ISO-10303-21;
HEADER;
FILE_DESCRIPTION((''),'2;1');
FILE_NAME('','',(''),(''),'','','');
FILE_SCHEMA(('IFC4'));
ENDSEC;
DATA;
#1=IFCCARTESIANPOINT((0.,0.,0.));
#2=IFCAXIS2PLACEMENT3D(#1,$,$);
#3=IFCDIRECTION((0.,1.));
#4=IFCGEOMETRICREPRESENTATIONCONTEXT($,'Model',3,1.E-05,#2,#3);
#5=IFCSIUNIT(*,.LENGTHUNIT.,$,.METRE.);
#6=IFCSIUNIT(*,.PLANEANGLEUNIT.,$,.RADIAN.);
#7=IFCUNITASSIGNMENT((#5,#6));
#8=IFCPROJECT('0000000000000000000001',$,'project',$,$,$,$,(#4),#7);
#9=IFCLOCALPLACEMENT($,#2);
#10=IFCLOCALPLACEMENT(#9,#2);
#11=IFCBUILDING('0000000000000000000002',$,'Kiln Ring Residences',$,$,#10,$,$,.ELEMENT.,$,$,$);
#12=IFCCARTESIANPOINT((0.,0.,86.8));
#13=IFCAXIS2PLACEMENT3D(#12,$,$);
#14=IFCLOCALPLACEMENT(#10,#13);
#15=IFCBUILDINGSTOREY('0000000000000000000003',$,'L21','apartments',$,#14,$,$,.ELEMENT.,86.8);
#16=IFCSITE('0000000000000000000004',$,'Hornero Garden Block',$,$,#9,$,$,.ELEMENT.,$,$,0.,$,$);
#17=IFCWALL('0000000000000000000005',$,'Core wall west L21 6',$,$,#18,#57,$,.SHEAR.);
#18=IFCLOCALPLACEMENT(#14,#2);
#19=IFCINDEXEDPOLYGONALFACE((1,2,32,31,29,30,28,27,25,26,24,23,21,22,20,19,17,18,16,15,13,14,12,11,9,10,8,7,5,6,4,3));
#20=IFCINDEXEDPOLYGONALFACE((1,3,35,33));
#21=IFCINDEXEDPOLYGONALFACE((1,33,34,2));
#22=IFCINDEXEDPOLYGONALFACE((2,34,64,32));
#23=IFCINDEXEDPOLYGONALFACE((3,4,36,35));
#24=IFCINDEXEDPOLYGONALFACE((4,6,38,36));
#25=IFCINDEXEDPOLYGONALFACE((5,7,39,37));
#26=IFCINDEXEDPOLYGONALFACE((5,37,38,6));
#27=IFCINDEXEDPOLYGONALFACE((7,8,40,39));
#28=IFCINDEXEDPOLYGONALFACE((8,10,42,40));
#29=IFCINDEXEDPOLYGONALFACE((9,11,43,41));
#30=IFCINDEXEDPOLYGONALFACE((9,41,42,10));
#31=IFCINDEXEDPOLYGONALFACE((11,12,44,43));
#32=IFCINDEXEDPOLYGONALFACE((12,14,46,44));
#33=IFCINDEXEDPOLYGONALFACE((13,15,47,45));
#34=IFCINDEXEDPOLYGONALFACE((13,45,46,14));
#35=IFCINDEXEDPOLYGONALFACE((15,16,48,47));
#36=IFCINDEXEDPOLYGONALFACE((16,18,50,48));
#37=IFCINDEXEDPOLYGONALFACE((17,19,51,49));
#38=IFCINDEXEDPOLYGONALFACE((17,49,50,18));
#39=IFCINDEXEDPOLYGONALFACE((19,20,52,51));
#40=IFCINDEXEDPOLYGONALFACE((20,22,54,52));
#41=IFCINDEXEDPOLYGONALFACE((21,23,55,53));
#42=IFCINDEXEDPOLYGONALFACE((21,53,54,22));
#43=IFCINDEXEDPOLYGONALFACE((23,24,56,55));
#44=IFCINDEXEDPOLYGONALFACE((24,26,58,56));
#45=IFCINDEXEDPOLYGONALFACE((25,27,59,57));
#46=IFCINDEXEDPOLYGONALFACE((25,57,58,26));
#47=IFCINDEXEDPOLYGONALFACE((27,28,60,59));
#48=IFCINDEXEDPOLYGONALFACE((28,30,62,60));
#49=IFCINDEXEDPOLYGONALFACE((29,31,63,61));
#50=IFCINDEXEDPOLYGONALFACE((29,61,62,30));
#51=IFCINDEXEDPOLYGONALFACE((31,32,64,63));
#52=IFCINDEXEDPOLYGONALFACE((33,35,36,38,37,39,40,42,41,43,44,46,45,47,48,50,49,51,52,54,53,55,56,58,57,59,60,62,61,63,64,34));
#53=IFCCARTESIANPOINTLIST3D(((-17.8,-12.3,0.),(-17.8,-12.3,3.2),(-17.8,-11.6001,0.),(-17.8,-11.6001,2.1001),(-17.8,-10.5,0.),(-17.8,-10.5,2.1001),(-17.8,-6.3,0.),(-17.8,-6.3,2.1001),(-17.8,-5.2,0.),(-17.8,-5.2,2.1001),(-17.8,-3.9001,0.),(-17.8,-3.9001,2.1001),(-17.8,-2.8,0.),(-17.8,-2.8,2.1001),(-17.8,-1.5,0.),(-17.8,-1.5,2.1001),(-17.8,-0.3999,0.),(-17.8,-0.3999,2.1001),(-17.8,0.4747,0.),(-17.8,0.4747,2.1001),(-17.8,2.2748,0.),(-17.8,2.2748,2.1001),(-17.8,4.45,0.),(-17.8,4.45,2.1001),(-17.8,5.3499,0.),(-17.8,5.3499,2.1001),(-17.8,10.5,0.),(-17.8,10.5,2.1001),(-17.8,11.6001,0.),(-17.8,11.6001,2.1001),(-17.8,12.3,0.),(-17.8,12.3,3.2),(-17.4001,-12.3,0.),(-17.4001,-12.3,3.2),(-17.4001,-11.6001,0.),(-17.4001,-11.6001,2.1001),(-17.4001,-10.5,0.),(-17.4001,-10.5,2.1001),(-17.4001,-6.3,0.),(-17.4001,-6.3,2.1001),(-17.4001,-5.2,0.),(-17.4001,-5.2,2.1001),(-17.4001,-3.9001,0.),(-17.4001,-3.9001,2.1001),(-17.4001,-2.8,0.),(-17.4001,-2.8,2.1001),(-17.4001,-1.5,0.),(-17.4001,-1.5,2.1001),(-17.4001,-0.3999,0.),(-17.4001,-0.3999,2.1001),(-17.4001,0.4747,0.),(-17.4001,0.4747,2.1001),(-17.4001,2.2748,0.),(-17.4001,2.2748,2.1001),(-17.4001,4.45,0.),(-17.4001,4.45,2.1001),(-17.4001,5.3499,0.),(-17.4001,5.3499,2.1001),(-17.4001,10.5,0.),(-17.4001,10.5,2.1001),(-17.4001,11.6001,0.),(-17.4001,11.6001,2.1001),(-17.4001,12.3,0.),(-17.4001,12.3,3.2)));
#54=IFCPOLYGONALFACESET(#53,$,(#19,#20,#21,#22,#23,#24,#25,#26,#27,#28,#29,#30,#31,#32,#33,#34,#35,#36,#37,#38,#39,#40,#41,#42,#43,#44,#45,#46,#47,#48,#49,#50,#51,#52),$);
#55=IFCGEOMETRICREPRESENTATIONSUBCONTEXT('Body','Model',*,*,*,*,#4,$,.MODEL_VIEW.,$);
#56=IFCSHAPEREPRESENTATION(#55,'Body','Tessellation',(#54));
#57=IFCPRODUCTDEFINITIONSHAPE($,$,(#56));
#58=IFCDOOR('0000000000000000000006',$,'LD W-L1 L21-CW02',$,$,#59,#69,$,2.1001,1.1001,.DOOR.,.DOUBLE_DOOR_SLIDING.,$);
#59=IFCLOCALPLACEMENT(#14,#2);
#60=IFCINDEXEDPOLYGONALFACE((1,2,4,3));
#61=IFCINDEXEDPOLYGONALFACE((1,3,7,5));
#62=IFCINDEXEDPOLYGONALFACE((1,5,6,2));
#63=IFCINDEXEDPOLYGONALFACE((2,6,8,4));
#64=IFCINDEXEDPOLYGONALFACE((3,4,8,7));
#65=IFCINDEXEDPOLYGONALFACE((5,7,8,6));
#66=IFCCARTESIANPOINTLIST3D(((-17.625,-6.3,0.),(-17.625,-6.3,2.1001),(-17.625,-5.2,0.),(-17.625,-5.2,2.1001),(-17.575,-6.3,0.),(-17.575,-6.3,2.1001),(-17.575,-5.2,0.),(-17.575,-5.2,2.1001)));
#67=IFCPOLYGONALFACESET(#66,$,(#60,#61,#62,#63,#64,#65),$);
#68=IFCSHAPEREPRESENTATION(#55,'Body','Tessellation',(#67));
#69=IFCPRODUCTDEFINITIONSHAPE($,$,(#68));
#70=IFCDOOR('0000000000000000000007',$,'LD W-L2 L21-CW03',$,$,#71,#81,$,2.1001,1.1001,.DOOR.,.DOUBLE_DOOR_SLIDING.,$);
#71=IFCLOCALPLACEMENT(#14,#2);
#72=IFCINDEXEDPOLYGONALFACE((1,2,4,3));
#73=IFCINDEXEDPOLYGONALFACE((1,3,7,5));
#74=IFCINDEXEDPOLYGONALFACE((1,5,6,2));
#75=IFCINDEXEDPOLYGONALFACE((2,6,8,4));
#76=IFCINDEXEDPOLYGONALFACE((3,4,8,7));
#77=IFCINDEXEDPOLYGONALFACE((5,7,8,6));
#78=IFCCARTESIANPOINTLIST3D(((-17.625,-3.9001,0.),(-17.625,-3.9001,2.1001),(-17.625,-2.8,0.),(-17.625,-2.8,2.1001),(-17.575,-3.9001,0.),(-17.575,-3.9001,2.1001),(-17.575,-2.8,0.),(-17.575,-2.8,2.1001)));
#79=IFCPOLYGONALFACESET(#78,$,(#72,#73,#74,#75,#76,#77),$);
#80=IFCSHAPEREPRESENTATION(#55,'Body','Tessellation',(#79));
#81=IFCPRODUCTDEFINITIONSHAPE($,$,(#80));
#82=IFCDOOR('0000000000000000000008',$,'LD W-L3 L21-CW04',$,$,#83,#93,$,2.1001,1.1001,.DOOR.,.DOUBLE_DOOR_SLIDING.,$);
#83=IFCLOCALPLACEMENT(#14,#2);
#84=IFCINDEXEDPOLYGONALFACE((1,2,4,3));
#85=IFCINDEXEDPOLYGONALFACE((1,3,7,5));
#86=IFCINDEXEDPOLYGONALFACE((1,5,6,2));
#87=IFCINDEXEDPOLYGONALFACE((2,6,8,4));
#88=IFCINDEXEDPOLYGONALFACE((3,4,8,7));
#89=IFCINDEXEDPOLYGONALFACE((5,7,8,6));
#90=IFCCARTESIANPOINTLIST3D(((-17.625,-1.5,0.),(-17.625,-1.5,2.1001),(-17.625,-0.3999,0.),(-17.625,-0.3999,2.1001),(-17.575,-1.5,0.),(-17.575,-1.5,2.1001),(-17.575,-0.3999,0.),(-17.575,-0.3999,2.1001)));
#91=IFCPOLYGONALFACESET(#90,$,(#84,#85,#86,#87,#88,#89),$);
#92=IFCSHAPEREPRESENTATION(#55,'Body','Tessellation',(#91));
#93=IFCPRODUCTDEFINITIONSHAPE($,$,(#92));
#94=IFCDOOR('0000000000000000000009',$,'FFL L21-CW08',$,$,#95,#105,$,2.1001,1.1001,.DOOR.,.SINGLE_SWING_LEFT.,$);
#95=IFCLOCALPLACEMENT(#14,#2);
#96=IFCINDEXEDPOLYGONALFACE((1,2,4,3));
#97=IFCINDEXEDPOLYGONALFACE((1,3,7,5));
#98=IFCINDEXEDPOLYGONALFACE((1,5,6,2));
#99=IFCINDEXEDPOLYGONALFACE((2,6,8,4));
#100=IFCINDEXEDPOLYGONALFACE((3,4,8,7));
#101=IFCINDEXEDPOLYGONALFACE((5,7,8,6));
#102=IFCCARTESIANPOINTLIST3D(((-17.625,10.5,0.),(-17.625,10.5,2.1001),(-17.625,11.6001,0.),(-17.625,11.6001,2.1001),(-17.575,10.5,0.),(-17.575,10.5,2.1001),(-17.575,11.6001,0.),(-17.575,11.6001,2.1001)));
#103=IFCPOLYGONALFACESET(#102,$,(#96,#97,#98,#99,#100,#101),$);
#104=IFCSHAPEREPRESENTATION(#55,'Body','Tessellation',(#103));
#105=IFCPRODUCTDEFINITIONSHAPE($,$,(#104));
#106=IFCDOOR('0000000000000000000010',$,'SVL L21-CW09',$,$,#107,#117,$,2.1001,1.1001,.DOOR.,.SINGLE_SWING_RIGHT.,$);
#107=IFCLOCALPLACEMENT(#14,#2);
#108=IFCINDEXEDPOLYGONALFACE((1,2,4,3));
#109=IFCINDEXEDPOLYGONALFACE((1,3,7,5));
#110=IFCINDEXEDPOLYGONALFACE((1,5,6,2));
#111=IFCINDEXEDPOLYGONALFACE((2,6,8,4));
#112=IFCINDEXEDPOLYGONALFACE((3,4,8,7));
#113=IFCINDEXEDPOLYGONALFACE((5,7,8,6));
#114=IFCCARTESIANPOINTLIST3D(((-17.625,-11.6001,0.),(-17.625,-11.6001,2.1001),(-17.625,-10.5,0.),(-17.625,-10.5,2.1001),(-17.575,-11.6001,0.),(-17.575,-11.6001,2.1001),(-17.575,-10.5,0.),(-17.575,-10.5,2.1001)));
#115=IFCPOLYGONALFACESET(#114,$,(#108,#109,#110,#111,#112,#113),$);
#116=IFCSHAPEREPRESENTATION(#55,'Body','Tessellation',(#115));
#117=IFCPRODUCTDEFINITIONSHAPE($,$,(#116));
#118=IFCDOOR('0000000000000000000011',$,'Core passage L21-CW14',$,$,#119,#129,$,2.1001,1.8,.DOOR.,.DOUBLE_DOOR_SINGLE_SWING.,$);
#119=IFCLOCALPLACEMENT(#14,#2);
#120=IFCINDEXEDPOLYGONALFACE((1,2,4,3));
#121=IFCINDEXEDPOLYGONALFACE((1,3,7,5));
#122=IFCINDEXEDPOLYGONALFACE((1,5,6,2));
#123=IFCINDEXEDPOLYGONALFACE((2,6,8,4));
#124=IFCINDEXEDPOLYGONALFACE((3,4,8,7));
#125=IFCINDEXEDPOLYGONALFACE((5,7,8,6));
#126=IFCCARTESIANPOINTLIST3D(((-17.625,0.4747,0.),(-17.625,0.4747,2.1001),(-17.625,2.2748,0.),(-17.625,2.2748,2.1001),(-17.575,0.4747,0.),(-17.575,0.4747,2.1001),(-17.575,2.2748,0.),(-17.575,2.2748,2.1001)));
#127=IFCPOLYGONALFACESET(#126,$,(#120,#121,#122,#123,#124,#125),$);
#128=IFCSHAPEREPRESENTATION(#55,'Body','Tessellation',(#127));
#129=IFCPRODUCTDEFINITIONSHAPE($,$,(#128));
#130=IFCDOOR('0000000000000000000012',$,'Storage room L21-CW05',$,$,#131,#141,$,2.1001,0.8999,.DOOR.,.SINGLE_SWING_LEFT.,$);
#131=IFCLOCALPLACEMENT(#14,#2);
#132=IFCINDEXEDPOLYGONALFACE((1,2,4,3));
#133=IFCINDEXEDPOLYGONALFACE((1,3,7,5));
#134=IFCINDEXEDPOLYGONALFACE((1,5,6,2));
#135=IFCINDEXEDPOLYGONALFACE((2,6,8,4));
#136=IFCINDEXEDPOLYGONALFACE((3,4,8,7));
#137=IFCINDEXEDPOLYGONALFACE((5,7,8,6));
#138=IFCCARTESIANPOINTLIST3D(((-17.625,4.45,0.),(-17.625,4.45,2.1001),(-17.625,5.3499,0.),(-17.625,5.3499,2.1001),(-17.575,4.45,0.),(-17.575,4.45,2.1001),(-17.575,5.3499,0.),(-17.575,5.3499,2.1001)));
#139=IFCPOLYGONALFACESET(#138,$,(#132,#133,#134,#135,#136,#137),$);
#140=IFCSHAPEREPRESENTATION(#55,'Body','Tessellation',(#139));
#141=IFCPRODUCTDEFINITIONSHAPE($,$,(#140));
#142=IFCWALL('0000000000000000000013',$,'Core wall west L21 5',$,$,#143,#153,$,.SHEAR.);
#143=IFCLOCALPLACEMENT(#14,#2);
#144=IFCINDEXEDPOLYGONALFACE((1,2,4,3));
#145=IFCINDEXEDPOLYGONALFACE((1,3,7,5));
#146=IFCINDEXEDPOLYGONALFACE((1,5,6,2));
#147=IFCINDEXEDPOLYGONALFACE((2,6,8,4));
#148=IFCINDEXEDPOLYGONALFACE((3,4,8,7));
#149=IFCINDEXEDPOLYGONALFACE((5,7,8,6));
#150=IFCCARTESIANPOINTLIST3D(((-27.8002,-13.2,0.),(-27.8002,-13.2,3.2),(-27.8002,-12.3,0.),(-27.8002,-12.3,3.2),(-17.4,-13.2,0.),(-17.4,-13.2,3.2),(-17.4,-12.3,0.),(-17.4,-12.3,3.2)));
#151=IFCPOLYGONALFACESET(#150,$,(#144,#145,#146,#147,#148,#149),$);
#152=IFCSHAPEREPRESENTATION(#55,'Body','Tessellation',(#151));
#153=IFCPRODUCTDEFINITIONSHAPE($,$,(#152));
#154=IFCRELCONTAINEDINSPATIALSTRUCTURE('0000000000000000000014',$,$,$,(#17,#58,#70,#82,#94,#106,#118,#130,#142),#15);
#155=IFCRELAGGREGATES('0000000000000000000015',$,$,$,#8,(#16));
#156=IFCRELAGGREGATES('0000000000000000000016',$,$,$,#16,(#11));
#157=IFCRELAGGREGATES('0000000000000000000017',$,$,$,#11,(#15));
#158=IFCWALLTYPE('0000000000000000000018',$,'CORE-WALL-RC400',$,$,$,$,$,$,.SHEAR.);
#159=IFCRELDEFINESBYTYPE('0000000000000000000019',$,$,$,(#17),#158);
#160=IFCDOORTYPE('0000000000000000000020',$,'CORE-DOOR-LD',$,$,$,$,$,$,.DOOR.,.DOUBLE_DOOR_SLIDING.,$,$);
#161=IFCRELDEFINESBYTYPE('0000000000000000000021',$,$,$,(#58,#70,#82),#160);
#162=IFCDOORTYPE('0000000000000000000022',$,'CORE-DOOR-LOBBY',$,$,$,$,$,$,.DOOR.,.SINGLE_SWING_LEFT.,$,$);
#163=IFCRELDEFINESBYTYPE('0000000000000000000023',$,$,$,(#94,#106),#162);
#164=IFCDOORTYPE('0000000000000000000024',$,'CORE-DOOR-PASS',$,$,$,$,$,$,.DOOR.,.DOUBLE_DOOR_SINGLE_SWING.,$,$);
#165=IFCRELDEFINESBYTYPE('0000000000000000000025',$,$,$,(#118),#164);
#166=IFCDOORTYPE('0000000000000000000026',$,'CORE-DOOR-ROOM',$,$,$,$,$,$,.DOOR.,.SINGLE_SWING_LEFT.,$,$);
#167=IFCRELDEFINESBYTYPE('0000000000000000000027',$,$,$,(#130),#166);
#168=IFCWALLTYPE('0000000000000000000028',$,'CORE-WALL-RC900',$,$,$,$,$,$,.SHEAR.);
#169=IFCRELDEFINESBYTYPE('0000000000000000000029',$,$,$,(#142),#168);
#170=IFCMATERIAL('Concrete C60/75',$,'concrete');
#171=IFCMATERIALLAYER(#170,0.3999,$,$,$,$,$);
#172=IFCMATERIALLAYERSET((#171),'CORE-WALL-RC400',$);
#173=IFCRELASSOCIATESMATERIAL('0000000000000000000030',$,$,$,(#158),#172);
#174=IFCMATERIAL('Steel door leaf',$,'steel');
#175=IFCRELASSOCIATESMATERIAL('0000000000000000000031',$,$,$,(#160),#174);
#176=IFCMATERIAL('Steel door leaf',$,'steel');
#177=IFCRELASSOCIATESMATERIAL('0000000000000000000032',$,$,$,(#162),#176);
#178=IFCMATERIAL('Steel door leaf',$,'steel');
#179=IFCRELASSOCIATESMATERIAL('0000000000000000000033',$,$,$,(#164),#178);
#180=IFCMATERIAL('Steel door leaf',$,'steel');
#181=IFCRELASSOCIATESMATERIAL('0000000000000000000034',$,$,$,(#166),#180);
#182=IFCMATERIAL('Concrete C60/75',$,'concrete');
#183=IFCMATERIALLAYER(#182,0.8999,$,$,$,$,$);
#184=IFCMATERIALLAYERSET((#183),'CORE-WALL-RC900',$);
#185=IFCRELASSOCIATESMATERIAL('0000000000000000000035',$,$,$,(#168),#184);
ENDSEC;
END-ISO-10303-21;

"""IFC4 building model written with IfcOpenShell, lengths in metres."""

from ifc_helpers import new_model, si_unit, direction, frame, frame_2d, origin, place, context, subcontext, project, spatial, rectangle, extrude, material, layer, layer_set, type_object, element, fill, save


model = new_model("IFC4")

# Units and contexts
model_context = context("Model", 3, precision=1e-05, world=origin(), true_north=direction((0.0, 1.0)))
body_context = subcontext(model_context, "Body", "Model", "MODEL_VIEW")
ifc_project = project(units=[si_unit("LENGTHUNIT", "METRE"), si_unit("PLANEANGLEUNIT", "RADIAN")], contexts=[model_context])

# Site, building, storey
site_placement = place(None, origin())
site = spatial("IfcSite", under=ifc_project, at=site_placement, Name="Hornero Garden Block", CompositionType="ELEMENT", RefElevation=0.0)
building_placement = place(site_placement, origin())
building = spatial("IfcBuilding", under=site, at=building_placement, Name="Kiln Ring Residences", CompositionType="ELEMENT")
storey_placement = place(building_placement, frame((0.0, 0.0, 86.8)))
storey = spatial("IfcBuildingStorey", under=building, at=storey_placement, Name="L21", Description="apartments", CompositionType="ELEMENT", Elevation=86.8)

# Wall, openings, doors
ifc_material_1 = material(Name="Concrete C60/75", Category="concrete")
ifc_layer_1 = layer(ifc_material_1, 0.3999)
ifc_layer_set_1 = layer_set([ifc_layer_1], Name="CORE-WALL-RC400")
wall_type_1 = type_object("IfcWallType", Name="CORE-WALL-RC400", PredefinedType="SHEAR", material=ifc_layer_set_1)
wall_1_placement = place(storey_placement, frame((-17.6001, -12.3, 0.0), z_axis=(0.0, 0.0, 1.0), x_axis=(0.0, 1.0, 0.0)))
wall_1 = element("IfcWall", 1, at=wall_1_placement, inside=storey, type_object=wall_type_1, Name="Core wall west L21 6", PredefinedType="SHEAR", context=body_context, shape_type="SweptSolid", body=[
    extrude(rectangle(XDim=24.6001, YDim=0.3999, at=frame_2d((12.3, 0.0))), origin(), (0.0, 0.0, 1.0), 3.2),
])
opening_1_placement = place(wall_1_placement, frame((6.0, 0.0, 0.0)))
opening_1 = element("IfcOpeningElement", 2, at=opening_1_placement, cuts=wall_1, PredefinedType="OPENING", context=body_context, shape_type="SweptSolid", body=[
    extrude(rectangle(XDim=1.1001, YDim=2.1001, at=frame_2d((0.55, 1.05))), frame((0.0, 0.21, 0.0), z_axis=(0.0, -1.0, 0.0), x_axis=(1.0, 0.0, 0.0)), (0.0, 0.0, 1.0), 0.4199),
])
opening_2_placement = place(wall_1_placement, frame((8.3999, 0.0, 0.0)))
opening_2 = element("IfcOpeningElement", 3, at=opening_2_placement, cuts=wall_1, PredefinedType="OPENING", context=body_context, shape_type="SweptSolid", body=[
    extrude(rectangle(XDim=1.1001, YDim=2.1001, at=frame_2d((0.55, 1.05))), frame((0.0, 0.21, 0.0), z_axis=(0.0, -1.0, 0.0), x_axis=(1.0, 0.0, 0.0)), (0.0, 0.0, 1.0), 0.4199),
])
opening_3_placement = place(wall_1_placement, frame((10.8, 0.0, 0.0)))
opening_3 = element("IfcOpeningElement", 4, at=opening_3_placement, cuts=wall_1, PredefinedType="OPENING", context=body_context, shape_type="SweptSolid", body=[
    extrude(rectangle(XDim=1.1001, YDim=2.1001, at=frame_2d((0.55, 1.05))), frame((0.0, 0.21, 0.0), z_axis=(0.0, -1.0, 0.0), x_axis=(1.0, 0.0, 0.0)), (0.0, 0.0, 1.0), 0.4199),
])
opening_4_placement = place(wall_1_placement, frame((16.75, 0.0, 0.0)))
opening_4 = element("IfcOpeningElement", 5, at=opening_4_placement, cuts=wall_1, PredefinedType="OPENING", context=body_context, shape_type="SweptSolid", body=[
    extrude(rectangle(XDim=0.8999, YDim=2.1001, at=frame_2d((0.45, 1.05))), frame((0.0, 0.21, 0.0), z_axis=(0.0, -1.0, 0.0), x_axis=(1.0, 0.0, 0.0)), (0.0, 0.0, 1.0), 0.4199),
])
opening_5_placement = place(wall_1_placement, frame((22.8, 0.0, 0.0)))
opening_5 = element("IfcOpeningElement", 6, at=opening_5_placement, cuts=wall_1, PredefinedType="OPENING", context=body_context, shape_type="SweptSolid", body=[
    extrude(rectangle(XDim=1.1001, YDim=2.1001, at=frame_2d((0.55, 1.05))), frame((0.0, 0.21, 0.0), z_axis=(0.0, -1.0, 0.0), x_axis=(1.0, 0.0, 0.0)), (0.0, 0.0, 1.0), 0.4199),
])
opening_6_placement = place(wall_1_placement, frame((0.7, 0.0, 0.0)))
opening_6 = element("IfcOpeningElement", 7, at=opening_6_placement, cuts=wall_1, PredefinedType="OPENING", context=body_context, shape_type="SweptSolid", body=[
    extrude(rectangle(XDim=1.1001, YDim=2.1001, at=frame_2d((0.55, 1.05))), frame((0.0, 0.21, 0.0), z_axis=(0.0, -1.0, 0.0), x_axis=(1.0, 0.0, 0.0)), (0.0, 0.0, 1.0), 0.4199),
])
opening_7_placement = place(wall_1_placement, frame((12.7749, 0.0, 0.0)))
opening_7 = element("IfcOpeningElement", 8, at=opening_7_placement, cuts=wall_1, PredefinedType="OPENING", context=body_context, shape_type="SweptSolid", body=[
    extrude(rectangle(XDim=1.8, YDim=2.1001, at=frame_2d((0.8999, 1.05))), frame((0.0, 0.21, 0.0), z_axis=(0.0, -1.0, 0.0), x_axis=(1.0, 0.0, 0.0)), (0.0, 0.0, 1.0), 0.4199),
])
ifc_material_2 = material(Name="Steel door leaf", Category="steel")
door_type_1 = type_object("IfcDoorType", Name="CORE-DOOR-LD", OperationType="DOUBLE_DOOR_SLIDING", PredefinedType="DOOR", material=ifc_material_2)
door_1_placement = place(opening_1_placement, origin())
door_1 = element("IfcDoor", 9, at=door_1_placement, inside=storey, type_object=door_type_1, Name="LD W-L1 L21-CW02", OperationType="DOUBLE_DOOR_SLIDING", OverallHeight=2.1001, OverallWidth=1.1001, PredefinedType="DOOR", context=body_context, shape_type="SweptSolid", body=[
    extrude(rectangle(XDim=1.1001, YDim=2.1001, at=frame_2d((0.55, 1.05))), frame((0.0, 0.0249, 0.0), z_axis=(0.0, -1.0, 0.0), x_axis=(1.0, 0.0, 0.0)), (0.0, 0.0, 1.0), 0.05),
])
fill(opening_1, door_1)
door_2_placement = place(opening_2_placement, origin())
door_2 = element("IfcDoor", 10, at=door_2_placement, inside=storey, type_object=door_type_1, Name="LD W-L2 L21-CW03", OperationType="DOUBLE_DOOR_SLIDING", OverallHeight=2.1001, OverallWidth=1.1001, PredefinedType="DOOR", context=body_context, shape_type="SweptSolid", body=[
    extrude(rectangle(XDim=1.1001, YDim=2.1001, at=frame_2d((0.55, 1.05))), frame((0.0, 0.0249, 0.0), z_axis=(0.0, -1.0, 0.0), x_axis=(1.0, 0.0, 0.0)), (0.0, 0.0, 1.0), 0.05),
])
fill(opening_2, door_2)
door_3_placement = place(opening_3_placement, origin())
door_3 = element("IfcDoor", 11, at=door_3_placement, inside=storey, type_object=door_type_1, Name="LD W-L3 L21-CW04", OperationType="DOUBLE_DOOR_SLIDING", OverallHeight=2.1001, OverallWidth=1.1001, PredefinedType="DOOR", context=body_context, shape_type="SweptSolid", body=[
    extrude(rectangle(XDim=1.1001, YDim=2.1001, at=frame_2d((0.55, 1.05))), frame((0.0, 0.0249, 0.0), z_axis=(0.0, -1.0, 0.0), x_axis=(1.0, 0.0, 0.0)), (0.0, 0.0, 1.0), 0.05),
])
fill(opening_3, door_3)
ifc_material_3 = material(Name="Steel door leaf", Category="steel")
door_type_2 = type_object("IfcDoorType", Name="CORE-DOOR-LOBBY", OperationType="SINGLE_SWING_LEFT", PredefinedType="DOOR", material=ifc_material_3)
door_4_placement = place(opening_5_placement, origin())
door_4 = element("IfcDoor", 12, at=door_4_placement, inside=storey, type_object=door_type_2, Name="FFL L21-CW08", OperationType="SINGLE_SWING_LEFT", OverallHeight=2.1001, OverallWidth=1.1001, PredefinedType="DOOR", context=body_context, shape_type="SweptSolid", body=[
    extrude(rectangle(XDim=1.1001, YDim=2.1001, at=frame_2d((0.55, 1.05))), frame((0.0, 0.0249, 0.0), z_axis=(0.0, -1.0, 0.0), x_axis=(1.0, 0.0, 0.0)), (0.0, 0.0, 1.0), 0.05),
])
fill(opening_5, door_4)
door_5_placement = place(opening_6_placement, origin())
door_5 = element("IfcDoor", 13, at=door_5_placement, inside=storey, type_object=door_type_2, Name="SVL L21-CW09", OperationType="SINGLE_SWING_RIGHT", OverallHeight=2.1001, OverallWidth=1.1001, PredefinedType="DOOR", context=body_context, shape_type="SweptSolid", body=[
    extrude(rectangle(XDim=1.1001, YDim=2.1001, at=frame_2d((0.55, 1.05))), frame((0.0, 0.0249, 0.0), z_axis=(0.0, -1.0, 0.0), x_axis=(1.0, 0.0, 0.0)), (0.0, 0.0, 1.0), 0.05),
])
fill(opening_6, door_5)
ifc_material_4 = material(Name="Steel door leaf", Category="steel")
door_type_3 = type_object("IfcDoorType", Name="CORE-DOOR-PASS", OperationType="DOUBLE_DOOR_SINGLE_SWING", PredefinedType="DOOR", material=ifc_material_4)
door_6_placement = place(opening_7_placement, origin())
door_6 = element("IfcDoor", 14, at=door_6_placement, inside=storey, type_object=door_type_3, Name="Core passage L21-CW14", OperationType="DOUBLE_DOOR_SINGLE_SWING", OverallHeight=2.1001, OverallWidth=1.8, PredefinedType="DOOR", context=body_context, shape_type="SweptSolid", body=[
    extrude(rectangle(XDim=1.8, YDim=2.1001, at=frame_2d((0.8999, 1.05))), frame((0.0, 0.0249, 0.0), z_axis=(0.0, -1.0, 0.0), x_axis=(1.0, 0.0, 0.0)), (0.0, 0.0, 1.0), 0.05),
])
fill(opening_7, door_6)
ifc_material_5 = material(Name="Steel door leaf", Category="steel")
door_type_4 = type_object("IfcDoorType", Name="CORE-DOOR-ROOM", OperationType="SINGLE_SWING_LEFT", PredefinedType="DOOR", material=ifc_material_5)
door_7_placement = place(opening_4_placement, origin())
door_7 = element("IfcDoor", 15, at=door_7_placement, inside=storey, type_object=door_type_4, Name="Storage room L21-CW05", OperationType="SINGLE_SWING_LEFT", OverallHeight=2.1001, OverallWidth=0.8999, PredefinedType="DOOR", context=body_context, shape_type="SweptSolid", body=[
    extrude(rectangle(XDim=0.8999, YDim=2.1001, at=frame_2d((0.45, 1.05))), frame((0.0, 0.0249, 0.0), z_axis=(0.0, -1.0, 0.0), x_axis=(1.0, 0.0, 0.0)), (0.0, 0.0, 1.0), 0.05),
])
fill(opening_4, door_7)

# Wall
ifc_material_6 = material(Name="Concrete C60/75", Category="concrete")
ifc_layer_2 = layer(ifc_material_6, 0.8999)
ifc_layer_set_2 = layer_set([ifc_layer_2], Name="CORE-WALL-RC900")
wall_type_2 = type_object("IfcWallType", Name="CORE-WALL-RC900", PredefinedType="SHEAR", material=ifc_layer_set_2)
wall_2_placement = place(storey_placement, frame((-17.3999, -12.75, 0.0), z_axis=(0.0, 0.0, 1.0), x_axis=(-1.0, 0.0, 0.0)))
element("IfcWall", 16, at=wall_2_placement, inside=storey, type_object=wall_type_2, Name="Core wall west L21 5", PredefinedType="SHEAR", context=body_context, shape_type="SweptSolid", body=[
    extrude(rectangle(XDim=10.4001, YDim=0.8999, at=frame_2d((5.2002, 0.0))), origin(), (0.0, 0.0, 1.0), 3.2),
])

save(model, "model.ifc")
